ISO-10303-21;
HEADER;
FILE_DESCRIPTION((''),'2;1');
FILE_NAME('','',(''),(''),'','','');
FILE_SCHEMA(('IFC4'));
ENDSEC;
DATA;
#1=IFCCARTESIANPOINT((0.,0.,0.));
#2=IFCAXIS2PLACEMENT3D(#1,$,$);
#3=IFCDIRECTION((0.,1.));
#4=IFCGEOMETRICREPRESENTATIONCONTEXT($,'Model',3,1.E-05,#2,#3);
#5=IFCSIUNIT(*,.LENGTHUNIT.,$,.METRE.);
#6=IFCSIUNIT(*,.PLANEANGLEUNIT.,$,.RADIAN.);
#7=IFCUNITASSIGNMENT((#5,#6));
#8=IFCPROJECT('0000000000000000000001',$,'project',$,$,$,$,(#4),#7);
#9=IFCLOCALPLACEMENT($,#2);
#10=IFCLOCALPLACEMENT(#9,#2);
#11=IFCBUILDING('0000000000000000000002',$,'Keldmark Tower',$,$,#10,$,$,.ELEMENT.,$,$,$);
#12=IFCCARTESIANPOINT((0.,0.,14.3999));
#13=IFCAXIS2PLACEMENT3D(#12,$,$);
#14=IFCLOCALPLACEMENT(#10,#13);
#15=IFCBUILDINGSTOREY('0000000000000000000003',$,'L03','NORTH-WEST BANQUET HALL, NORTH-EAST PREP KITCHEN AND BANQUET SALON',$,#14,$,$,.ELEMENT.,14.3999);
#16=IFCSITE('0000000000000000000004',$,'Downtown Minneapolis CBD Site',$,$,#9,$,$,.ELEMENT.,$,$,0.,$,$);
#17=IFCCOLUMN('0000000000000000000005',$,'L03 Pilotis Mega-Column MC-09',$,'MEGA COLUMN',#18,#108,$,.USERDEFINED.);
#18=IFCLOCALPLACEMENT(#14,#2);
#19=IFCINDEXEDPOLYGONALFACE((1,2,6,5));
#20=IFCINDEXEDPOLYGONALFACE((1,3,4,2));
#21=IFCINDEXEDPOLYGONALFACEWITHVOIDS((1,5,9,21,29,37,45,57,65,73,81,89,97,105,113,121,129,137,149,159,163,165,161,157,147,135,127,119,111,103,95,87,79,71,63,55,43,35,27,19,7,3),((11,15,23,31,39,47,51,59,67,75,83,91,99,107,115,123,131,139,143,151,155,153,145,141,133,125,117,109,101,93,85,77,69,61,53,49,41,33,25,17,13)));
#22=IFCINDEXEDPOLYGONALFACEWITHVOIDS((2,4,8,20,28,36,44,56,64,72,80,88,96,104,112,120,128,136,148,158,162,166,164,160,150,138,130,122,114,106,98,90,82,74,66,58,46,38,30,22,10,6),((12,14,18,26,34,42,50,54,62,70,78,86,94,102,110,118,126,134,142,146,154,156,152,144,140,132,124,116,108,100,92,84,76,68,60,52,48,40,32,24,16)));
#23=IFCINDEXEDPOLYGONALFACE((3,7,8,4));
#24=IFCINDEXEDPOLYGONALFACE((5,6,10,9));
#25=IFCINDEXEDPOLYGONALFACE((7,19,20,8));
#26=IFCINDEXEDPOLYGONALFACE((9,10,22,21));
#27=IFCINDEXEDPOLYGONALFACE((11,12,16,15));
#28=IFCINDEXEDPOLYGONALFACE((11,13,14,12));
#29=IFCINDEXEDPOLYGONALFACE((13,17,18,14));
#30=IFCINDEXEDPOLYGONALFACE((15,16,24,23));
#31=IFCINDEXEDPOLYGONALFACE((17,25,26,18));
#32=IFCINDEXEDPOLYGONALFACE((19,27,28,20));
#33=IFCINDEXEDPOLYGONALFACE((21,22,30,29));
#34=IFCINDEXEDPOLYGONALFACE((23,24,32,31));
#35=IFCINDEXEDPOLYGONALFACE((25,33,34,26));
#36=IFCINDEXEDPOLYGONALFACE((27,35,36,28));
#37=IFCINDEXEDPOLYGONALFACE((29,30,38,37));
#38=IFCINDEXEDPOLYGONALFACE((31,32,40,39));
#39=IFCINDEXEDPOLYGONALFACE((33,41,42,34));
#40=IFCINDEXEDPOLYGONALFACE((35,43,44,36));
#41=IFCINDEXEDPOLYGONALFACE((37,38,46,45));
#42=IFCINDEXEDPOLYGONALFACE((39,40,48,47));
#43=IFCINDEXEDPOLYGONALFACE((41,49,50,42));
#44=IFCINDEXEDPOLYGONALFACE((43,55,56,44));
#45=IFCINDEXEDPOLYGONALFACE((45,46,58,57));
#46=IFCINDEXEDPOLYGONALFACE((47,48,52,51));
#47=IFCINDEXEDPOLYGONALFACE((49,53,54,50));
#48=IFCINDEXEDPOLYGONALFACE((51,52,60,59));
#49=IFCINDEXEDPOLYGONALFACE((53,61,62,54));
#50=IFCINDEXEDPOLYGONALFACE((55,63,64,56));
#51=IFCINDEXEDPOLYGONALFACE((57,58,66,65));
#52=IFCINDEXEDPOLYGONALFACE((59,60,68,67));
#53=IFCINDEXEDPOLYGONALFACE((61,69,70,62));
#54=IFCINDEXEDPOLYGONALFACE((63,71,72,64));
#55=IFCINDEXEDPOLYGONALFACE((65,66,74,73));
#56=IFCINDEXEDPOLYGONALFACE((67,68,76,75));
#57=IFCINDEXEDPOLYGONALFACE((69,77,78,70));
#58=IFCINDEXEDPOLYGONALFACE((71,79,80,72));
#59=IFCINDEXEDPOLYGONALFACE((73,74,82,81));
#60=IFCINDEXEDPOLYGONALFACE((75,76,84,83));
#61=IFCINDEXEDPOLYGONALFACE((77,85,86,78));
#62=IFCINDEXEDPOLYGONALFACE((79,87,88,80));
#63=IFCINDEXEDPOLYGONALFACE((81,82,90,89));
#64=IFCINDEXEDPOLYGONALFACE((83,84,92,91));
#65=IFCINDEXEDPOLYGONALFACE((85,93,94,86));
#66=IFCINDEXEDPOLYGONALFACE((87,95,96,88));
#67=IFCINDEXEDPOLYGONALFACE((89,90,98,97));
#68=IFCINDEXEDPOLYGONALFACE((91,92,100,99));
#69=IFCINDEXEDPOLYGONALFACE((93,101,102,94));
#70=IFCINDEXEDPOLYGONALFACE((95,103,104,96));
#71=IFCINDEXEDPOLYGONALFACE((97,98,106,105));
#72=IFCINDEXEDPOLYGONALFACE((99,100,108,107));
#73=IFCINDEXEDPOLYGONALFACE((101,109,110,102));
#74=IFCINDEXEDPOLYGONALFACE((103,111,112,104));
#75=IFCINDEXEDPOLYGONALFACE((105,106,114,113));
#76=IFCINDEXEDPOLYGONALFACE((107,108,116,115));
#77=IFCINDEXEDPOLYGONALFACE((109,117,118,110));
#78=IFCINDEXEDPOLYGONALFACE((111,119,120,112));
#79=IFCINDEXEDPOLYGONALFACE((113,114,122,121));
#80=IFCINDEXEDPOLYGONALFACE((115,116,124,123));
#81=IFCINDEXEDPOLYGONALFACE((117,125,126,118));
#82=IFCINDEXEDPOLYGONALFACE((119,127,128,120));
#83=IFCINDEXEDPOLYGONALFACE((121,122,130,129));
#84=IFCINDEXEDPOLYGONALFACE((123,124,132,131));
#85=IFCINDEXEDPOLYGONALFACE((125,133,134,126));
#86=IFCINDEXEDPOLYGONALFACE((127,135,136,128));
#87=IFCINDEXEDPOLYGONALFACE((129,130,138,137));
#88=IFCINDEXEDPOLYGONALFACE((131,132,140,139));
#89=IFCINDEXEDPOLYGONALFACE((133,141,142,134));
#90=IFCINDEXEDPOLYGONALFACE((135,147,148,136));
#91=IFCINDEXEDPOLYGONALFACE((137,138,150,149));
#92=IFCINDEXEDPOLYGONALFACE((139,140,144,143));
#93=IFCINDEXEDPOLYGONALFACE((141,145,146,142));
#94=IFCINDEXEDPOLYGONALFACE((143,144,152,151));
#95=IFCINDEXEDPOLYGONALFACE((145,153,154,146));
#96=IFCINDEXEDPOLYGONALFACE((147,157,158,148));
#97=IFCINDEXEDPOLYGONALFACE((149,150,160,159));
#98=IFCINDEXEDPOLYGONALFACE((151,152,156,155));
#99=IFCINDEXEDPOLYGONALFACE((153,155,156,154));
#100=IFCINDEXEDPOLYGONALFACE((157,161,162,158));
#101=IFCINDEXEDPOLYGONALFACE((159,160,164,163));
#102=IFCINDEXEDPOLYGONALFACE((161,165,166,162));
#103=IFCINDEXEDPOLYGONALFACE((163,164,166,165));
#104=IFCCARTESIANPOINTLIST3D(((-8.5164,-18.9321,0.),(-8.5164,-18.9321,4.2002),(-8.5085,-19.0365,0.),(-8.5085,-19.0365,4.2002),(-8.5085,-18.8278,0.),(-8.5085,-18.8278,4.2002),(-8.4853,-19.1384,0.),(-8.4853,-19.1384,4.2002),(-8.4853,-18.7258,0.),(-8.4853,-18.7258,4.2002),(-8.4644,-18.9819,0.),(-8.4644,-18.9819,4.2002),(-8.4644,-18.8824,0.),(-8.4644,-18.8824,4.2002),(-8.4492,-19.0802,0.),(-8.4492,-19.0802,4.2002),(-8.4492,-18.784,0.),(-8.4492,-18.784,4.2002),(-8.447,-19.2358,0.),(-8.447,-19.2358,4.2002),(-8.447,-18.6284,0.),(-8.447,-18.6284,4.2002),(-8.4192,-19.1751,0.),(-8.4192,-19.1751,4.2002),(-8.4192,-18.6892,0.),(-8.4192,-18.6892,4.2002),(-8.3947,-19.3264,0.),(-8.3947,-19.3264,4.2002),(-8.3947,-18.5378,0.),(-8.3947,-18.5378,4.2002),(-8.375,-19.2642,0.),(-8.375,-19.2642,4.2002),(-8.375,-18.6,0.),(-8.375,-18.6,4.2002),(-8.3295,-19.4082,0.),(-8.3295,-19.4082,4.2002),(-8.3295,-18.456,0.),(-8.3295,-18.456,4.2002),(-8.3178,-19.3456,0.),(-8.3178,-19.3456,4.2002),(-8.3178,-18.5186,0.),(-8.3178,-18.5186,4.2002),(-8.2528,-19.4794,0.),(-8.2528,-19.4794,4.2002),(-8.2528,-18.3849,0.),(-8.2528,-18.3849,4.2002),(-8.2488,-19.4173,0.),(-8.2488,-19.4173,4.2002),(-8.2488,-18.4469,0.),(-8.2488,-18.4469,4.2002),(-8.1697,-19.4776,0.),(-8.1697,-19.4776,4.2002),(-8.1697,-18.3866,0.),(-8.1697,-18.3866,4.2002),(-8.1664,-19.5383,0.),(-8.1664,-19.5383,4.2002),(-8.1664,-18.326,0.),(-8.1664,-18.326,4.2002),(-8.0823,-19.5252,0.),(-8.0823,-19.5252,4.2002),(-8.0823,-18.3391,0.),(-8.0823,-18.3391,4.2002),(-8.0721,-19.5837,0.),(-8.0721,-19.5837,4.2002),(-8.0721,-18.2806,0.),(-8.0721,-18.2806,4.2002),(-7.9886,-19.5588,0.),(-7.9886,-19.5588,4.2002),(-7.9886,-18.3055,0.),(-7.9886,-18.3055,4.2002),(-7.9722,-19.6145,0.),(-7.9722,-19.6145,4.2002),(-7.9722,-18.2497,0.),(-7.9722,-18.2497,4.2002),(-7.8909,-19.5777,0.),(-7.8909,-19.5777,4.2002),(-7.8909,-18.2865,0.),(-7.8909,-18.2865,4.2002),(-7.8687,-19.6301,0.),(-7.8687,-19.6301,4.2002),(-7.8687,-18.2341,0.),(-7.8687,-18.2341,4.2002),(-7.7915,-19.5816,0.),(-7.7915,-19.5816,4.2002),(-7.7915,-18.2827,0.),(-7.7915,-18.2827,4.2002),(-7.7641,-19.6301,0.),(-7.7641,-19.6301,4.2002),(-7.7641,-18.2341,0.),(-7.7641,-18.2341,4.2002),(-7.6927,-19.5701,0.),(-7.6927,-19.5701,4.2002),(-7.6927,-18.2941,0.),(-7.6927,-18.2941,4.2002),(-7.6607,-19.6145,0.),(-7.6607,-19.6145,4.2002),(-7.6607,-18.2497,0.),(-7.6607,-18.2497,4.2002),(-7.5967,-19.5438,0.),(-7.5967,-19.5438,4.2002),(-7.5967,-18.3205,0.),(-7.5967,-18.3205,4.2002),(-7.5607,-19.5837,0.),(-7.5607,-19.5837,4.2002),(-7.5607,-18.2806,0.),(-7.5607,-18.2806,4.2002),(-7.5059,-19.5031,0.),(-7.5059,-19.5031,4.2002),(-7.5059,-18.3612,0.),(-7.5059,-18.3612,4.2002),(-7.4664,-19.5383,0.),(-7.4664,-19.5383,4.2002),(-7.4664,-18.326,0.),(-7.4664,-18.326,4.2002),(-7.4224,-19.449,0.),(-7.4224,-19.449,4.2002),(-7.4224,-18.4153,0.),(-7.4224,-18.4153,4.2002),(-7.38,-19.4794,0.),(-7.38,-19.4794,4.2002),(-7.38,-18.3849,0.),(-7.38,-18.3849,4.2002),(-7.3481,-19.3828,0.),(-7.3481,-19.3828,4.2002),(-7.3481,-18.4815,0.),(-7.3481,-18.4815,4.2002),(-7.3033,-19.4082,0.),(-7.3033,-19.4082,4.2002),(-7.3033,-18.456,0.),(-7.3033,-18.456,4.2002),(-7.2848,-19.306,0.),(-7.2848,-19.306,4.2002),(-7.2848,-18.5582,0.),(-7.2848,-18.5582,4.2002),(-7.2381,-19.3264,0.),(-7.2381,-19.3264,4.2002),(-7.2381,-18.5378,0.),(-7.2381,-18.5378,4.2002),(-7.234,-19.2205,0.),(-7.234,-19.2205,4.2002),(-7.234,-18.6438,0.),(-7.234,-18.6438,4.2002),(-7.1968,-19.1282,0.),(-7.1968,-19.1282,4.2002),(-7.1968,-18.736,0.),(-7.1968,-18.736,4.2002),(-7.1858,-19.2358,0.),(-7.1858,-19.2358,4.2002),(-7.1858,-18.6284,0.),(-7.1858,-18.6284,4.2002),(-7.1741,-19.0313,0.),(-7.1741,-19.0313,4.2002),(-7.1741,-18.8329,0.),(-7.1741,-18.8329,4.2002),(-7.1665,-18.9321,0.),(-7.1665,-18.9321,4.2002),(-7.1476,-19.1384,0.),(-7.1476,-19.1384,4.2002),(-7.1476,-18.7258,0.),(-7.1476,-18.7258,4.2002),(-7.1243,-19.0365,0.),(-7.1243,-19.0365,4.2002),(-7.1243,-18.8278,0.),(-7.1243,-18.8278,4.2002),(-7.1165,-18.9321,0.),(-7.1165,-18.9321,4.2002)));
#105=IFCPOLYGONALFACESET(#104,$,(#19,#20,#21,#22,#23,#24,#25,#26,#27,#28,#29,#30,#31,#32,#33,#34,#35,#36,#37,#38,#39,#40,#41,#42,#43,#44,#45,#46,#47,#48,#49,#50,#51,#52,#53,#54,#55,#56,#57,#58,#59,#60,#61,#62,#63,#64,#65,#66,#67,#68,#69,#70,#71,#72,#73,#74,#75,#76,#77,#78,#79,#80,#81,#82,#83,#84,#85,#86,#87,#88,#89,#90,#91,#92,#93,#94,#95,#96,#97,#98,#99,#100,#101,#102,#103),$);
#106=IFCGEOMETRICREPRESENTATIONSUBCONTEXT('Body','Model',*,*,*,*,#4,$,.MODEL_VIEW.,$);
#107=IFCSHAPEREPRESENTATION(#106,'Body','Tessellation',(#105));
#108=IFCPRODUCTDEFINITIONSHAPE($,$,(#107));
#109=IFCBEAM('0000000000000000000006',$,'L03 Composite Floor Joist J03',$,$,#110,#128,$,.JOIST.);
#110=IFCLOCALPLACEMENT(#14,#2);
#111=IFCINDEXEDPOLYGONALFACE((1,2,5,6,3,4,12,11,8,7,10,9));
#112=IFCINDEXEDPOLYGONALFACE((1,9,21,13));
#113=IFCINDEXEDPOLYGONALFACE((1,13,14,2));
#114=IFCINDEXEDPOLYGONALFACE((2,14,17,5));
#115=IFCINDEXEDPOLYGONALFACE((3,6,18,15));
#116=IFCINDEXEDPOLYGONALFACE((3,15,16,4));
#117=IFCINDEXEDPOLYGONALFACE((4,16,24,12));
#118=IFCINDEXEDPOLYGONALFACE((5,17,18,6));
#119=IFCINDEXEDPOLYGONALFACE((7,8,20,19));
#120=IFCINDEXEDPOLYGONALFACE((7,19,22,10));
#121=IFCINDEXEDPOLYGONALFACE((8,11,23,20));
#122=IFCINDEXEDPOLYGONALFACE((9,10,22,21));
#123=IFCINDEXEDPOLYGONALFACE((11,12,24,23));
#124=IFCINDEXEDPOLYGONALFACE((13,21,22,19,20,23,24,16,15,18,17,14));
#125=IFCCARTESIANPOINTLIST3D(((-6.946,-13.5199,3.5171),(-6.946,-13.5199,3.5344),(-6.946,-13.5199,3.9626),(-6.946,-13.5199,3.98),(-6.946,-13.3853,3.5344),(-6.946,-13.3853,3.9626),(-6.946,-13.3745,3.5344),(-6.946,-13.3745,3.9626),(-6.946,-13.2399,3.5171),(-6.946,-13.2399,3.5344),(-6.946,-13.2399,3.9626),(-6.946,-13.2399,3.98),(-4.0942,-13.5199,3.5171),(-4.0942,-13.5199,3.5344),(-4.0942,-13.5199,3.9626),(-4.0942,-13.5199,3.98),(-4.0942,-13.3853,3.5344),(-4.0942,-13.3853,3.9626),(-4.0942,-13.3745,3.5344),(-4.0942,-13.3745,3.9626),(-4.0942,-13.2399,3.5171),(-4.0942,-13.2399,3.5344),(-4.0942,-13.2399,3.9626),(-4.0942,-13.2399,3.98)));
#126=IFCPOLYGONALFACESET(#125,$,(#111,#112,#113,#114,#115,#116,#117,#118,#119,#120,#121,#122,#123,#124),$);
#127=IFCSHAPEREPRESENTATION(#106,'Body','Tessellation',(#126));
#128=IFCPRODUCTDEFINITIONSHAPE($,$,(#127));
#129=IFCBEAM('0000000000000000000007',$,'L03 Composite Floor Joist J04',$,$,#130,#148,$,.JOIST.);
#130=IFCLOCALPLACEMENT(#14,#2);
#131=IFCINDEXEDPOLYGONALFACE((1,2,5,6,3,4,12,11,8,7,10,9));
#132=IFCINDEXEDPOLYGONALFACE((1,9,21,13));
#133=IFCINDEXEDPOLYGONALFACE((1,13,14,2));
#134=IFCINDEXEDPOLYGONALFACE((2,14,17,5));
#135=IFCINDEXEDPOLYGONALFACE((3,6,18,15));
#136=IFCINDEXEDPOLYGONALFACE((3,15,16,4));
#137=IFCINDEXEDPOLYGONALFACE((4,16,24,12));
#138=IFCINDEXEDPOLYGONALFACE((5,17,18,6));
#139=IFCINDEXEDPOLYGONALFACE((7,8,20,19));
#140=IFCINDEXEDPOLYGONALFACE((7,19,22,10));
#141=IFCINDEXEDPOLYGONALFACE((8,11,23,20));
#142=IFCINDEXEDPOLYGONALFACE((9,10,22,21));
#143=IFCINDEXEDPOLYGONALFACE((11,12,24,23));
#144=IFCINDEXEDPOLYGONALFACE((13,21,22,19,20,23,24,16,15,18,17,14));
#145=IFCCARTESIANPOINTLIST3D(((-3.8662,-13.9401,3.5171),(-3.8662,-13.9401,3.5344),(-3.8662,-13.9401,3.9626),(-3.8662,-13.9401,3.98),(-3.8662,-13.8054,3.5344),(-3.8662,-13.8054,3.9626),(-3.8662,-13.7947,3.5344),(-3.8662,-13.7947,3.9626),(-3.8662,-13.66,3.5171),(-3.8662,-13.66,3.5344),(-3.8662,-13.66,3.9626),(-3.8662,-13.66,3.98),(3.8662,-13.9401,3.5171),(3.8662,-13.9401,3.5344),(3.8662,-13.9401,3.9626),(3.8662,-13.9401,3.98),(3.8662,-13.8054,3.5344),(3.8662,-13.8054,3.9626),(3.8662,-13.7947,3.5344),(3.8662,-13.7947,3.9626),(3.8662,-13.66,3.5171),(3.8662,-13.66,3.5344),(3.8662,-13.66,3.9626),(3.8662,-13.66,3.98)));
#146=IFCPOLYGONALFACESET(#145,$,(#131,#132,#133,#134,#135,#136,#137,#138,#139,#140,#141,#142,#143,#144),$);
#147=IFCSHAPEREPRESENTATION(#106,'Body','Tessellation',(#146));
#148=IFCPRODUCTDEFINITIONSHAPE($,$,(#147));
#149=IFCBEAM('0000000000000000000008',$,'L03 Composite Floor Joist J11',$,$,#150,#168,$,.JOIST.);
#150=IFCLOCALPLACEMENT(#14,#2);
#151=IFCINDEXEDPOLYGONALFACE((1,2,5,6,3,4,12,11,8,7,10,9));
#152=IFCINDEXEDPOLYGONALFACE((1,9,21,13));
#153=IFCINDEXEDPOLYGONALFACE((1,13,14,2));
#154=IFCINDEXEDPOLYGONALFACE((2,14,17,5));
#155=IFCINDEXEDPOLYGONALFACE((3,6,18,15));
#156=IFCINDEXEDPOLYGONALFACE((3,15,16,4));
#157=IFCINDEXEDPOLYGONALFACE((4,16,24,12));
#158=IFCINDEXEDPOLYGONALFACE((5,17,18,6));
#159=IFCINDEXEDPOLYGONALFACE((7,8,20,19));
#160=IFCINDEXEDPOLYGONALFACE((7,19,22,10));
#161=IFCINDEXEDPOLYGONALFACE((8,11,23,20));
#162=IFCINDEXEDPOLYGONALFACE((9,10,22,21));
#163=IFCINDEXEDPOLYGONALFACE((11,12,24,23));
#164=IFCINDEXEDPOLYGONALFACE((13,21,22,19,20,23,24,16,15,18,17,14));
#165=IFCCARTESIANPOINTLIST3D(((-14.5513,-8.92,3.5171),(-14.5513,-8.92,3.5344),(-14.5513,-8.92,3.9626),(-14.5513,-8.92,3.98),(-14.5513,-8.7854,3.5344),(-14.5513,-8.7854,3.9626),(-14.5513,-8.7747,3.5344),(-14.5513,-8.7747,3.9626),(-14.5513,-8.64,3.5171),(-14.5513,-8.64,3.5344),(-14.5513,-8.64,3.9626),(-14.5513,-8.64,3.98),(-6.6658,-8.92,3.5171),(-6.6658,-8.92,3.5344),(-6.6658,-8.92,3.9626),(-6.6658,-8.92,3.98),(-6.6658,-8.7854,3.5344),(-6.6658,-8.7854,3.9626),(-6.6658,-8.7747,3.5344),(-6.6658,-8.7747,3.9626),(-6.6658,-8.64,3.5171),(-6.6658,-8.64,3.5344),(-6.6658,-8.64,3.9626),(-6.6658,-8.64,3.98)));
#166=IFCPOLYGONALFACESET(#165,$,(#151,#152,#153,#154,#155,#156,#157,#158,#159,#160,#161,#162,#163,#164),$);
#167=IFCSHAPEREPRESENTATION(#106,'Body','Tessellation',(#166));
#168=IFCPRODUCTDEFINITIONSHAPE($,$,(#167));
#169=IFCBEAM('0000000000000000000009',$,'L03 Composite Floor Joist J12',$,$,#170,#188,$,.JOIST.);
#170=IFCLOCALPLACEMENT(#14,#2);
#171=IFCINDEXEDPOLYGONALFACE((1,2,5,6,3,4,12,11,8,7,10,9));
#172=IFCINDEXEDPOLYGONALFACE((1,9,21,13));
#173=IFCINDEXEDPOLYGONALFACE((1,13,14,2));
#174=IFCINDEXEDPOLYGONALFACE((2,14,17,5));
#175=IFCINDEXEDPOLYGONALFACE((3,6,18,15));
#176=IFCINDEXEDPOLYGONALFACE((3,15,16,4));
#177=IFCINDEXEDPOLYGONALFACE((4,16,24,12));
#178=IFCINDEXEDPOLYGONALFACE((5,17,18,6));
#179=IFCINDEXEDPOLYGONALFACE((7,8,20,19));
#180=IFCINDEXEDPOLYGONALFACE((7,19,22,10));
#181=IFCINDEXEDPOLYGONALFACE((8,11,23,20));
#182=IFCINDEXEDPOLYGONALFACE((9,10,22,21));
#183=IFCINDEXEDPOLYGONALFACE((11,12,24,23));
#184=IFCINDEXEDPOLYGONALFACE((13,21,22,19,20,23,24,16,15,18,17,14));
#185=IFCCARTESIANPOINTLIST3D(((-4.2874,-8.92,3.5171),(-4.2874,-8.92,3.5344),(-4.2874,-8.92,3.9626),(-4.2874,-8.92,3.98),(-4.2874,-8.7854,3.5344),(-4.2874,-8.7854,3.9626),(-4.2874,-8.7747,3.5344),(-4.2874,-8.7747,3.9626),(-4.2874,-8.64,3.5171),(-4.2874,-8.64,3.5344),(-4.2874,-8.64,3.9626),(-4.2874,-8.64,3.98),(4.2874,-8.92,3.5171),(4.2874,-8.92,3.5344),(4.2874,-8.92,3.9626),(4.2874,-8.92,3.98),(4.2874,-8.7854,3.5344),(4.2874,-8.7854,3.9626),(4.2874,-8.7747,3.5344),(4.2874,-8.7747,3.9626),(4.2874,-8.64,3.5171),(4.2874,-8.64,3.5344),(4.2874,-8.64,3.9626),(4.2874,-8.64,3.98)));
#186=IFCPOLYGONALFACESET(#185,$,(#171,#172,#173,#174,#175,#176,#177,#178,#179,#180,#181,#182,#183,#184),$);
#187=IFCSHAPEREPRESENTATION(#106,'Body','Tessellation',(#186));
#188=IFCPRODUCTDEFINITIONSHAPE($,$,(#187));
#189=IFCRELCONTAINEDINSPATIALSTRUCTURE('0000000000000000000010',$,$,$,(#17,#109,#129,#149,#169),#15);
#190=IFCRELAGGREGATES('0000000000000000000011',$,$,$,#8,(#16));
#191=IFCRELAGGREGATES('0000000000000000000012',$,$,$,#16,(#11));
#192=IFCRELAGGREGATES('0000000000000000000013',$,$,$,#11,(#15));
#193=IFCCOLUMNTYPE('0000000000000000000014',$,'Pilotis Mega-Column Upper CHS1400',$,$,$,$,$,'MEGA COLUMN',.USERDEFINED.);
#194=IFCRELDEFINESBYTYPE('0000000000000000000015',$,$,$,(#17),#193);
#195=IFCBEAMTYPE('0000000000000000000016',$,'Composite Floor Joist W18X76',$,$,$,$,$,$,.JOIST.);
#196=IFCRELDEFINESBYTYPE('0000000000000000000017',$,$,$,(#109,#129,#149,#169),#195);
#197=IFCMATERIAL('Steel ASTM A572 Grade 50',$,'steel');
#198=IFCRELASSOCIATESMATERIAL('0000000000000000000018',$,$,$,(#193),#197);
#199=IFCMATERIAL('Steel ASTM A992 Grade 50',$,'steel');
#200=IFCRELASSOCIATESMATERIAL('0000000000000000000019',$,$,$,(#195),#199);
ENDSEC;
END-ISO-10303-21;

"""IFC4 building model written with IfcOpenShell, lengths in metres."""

from ifc_helpers import new_model, si_unit, direction, frame, origin, origin_2d, place, context, subcontext, project, spatial, hollow_circle, i_section, extrude, material, material_profile, profile_set, type_object, element, save


model = new_model("IFC4")

# Units and contexts
model_context = context("Model", 3, precision=1e-05, world=origin(), true_north=direction((0.0, 1.0)))
body_context = subcontext(model_context, "Body", "Model", "MODEL_VIEW")
ifc_project = project(units=[si_unit("LENGTHUNIT", "METRE"), si_unit("PLANEANGLEUNIT", "RADIAN")], contexts=[model_context])

# Site, building, storey
site_placement = place(None, origin())
site = spatial("IfcSite", under=ifc_project, at=site_placement, Name="Downtown Minneapolis CBD Site", CompositionType="ELEMENT", RefElevation=0.0)
building_placement = place(site_placement, origin())
building = spatial("IfcBuilding", under=site, at=building_placement, Name="Keldmark Tower", CompositionType="ELEMENT")
storey_placement = place(building_placement, frame((0.0, 0.0, 14.3999)))
storey = spatial("IfcBuildingStorey", under=building, at=storey_placement, Name="L03", Description="NORTH-WEST BANQUET HALL, NORTH-EAST PREP KITCHEN AND BANQUET SALON", CompositionType="ELEMENT", Elevation=14.3999)

# Column
ifc_material_1 = material(Name="Steel ASTM A572 Grade 50", Category="steel")
ifc_material_profile_1 = material_profile(ifc_material_1, hollow_circle(Radius=0.7, WallThickness=0.05, at=origin_2d()), Name="CHS1400X50")
ifc_profile_set_1 = profile_set([ifc_material_profile_1], Name="Steel ASTM A572 Grade 50")
column_type = type_object("IfcColumnType", Name="Pilotis Mega-Column Upper CHS1400", ElementType="MEGA COLUMN", PredefinedType="USERDEFINED", material=ifc_profile_set_1)
column_placement = place(storey_placement, frame((-7.8164, -18.9321, 0.0), z_axis=(0.0, 0.0, 1.0), x_axis=(1.0, 0.0, 0.0)))
element("IfcColumn", 1, at=column_placement, inside=storey, type_object=column_type, Name="L03 Pilotis Mega-Column MC-09", ObjectType="MEGA COLUMN", PredefinedType="USERDEFINED", context=body_context, shape_type="SweptSolid", body=[
    extrude(hollow_circle(Radius=0.7, WallThickness=0.05, at=origin_2d()), origin(), (0.0, 0.0, 1.0), 4.2002),
])

# Beams
ifc_material_2 = material(Name="Steel ASTM A992 Grade 50", Category="steel")
ifc_material_profile_2 = material_profile(ifc_material_2, i_section(OverallWidth=0.28, OverallDepth=0.4629, WebThickness=0.0107, FlangeThickness=0.0173, at=origin_2d()), Name="W18X76")
ifc_profile_set_2 = profile_set([ifc_material_profile_2], Name="Steel ASTM A992 Grade 50")
beam_type_1 = type_object("IfcBeamType", Name="Composite Floor Joist W18X76", PredefinedType="JOIST", material=ifc_profile_set_2)
beam_1_placement = place(storey_placement, frame((-6.946, -13.3799, 3.7485), z_axis=(1.0, 0.0, 0.0), x_axis=(0.0, 1.0, 0.0)))
element("IfcBeam", 2, at=beam_1_placement, inside=storey, type_object=beam_type_1, Name="L03 Composite Floor Joist J03", PredefinedType="JOIST", context=body_context, shape_type="SweptSolid", body=[
    extrude(i_section(OverallWidth=0.28, OverallDepth=0.4629, WebThickness=0.0107, FlangeThickness=0.0173, at=origin_2d()), origin(), (0.0, 0.0, 1.0), 2.8518),
])
beam_2_placement = place(storey_placement, frame((-3.8662, -13.8, 3.7485), z_axis=(1.0, 0.0, 0.0), x_axis=(0.0, 1.0, 0.0)))
element("IfcBeam", 3, at=beam_2_placement, inside=storey, type_object=beam_type_1, Name="L03 Composite Floor Joist J04", PredefinedType="JOIST", context=body_context, shape_type="SweptSolid", body=[
    extrude(i_section(OverallWidth=0.28, OverallDepth=0.4629, WebThickness=0.0107, FlangeThickness=0.0173, at=origin_2d()), origin(), (0.0, 0.0, 1.0), 7.7324),
])
beam_3_placement = place(storey_placement, frame((-14.5513, -8.78, 3.7485), z_axis=(1.0, 0.0, 0.0), x_axis=(0.0, 1.0, 0.0)))
element("IfcBeam", 4, at=beam_3_placement, inside=storey, type_object=beam_type_1, Name="L03 Composite Floor Joist J11", PredefinedType="JOIST", context=body_context, shape_type="SweptSolid", body=[
    extrude(i_section(OverallWidth=0.28, OverallDepth=0.4629, WebThickness=0.0107, FlangeThickness=0.0173, at=origin_2d()), origin(), (0.0, 0.0, 1.0), 7.8855),
])
beam_4_placement = place(storey_placement, frame((-4.2874, -8.78, 3.7485), z_axis=(1.0, 0.0, 0.0), x_axis=(0.0, 1.0, 0.0)))
element("IfcBeam", 5, at=beam_4_placement, inside=storey, type_object=beam_type_1, Name="L03 Composite Floor Joist J12", PredefinedType="JOIST", context=body_context, shape_type="SweptSolid", body=[
    extrude(i_section(OverallWidth=0.28, OverallDepth=0.4629, WebThickness=0.0107, FlangeThickness=0.0173, at=origin_2d()), origin(), (0.0, 0.0, 1.0), 8.5747),
])

save(model, "model.ifc")
